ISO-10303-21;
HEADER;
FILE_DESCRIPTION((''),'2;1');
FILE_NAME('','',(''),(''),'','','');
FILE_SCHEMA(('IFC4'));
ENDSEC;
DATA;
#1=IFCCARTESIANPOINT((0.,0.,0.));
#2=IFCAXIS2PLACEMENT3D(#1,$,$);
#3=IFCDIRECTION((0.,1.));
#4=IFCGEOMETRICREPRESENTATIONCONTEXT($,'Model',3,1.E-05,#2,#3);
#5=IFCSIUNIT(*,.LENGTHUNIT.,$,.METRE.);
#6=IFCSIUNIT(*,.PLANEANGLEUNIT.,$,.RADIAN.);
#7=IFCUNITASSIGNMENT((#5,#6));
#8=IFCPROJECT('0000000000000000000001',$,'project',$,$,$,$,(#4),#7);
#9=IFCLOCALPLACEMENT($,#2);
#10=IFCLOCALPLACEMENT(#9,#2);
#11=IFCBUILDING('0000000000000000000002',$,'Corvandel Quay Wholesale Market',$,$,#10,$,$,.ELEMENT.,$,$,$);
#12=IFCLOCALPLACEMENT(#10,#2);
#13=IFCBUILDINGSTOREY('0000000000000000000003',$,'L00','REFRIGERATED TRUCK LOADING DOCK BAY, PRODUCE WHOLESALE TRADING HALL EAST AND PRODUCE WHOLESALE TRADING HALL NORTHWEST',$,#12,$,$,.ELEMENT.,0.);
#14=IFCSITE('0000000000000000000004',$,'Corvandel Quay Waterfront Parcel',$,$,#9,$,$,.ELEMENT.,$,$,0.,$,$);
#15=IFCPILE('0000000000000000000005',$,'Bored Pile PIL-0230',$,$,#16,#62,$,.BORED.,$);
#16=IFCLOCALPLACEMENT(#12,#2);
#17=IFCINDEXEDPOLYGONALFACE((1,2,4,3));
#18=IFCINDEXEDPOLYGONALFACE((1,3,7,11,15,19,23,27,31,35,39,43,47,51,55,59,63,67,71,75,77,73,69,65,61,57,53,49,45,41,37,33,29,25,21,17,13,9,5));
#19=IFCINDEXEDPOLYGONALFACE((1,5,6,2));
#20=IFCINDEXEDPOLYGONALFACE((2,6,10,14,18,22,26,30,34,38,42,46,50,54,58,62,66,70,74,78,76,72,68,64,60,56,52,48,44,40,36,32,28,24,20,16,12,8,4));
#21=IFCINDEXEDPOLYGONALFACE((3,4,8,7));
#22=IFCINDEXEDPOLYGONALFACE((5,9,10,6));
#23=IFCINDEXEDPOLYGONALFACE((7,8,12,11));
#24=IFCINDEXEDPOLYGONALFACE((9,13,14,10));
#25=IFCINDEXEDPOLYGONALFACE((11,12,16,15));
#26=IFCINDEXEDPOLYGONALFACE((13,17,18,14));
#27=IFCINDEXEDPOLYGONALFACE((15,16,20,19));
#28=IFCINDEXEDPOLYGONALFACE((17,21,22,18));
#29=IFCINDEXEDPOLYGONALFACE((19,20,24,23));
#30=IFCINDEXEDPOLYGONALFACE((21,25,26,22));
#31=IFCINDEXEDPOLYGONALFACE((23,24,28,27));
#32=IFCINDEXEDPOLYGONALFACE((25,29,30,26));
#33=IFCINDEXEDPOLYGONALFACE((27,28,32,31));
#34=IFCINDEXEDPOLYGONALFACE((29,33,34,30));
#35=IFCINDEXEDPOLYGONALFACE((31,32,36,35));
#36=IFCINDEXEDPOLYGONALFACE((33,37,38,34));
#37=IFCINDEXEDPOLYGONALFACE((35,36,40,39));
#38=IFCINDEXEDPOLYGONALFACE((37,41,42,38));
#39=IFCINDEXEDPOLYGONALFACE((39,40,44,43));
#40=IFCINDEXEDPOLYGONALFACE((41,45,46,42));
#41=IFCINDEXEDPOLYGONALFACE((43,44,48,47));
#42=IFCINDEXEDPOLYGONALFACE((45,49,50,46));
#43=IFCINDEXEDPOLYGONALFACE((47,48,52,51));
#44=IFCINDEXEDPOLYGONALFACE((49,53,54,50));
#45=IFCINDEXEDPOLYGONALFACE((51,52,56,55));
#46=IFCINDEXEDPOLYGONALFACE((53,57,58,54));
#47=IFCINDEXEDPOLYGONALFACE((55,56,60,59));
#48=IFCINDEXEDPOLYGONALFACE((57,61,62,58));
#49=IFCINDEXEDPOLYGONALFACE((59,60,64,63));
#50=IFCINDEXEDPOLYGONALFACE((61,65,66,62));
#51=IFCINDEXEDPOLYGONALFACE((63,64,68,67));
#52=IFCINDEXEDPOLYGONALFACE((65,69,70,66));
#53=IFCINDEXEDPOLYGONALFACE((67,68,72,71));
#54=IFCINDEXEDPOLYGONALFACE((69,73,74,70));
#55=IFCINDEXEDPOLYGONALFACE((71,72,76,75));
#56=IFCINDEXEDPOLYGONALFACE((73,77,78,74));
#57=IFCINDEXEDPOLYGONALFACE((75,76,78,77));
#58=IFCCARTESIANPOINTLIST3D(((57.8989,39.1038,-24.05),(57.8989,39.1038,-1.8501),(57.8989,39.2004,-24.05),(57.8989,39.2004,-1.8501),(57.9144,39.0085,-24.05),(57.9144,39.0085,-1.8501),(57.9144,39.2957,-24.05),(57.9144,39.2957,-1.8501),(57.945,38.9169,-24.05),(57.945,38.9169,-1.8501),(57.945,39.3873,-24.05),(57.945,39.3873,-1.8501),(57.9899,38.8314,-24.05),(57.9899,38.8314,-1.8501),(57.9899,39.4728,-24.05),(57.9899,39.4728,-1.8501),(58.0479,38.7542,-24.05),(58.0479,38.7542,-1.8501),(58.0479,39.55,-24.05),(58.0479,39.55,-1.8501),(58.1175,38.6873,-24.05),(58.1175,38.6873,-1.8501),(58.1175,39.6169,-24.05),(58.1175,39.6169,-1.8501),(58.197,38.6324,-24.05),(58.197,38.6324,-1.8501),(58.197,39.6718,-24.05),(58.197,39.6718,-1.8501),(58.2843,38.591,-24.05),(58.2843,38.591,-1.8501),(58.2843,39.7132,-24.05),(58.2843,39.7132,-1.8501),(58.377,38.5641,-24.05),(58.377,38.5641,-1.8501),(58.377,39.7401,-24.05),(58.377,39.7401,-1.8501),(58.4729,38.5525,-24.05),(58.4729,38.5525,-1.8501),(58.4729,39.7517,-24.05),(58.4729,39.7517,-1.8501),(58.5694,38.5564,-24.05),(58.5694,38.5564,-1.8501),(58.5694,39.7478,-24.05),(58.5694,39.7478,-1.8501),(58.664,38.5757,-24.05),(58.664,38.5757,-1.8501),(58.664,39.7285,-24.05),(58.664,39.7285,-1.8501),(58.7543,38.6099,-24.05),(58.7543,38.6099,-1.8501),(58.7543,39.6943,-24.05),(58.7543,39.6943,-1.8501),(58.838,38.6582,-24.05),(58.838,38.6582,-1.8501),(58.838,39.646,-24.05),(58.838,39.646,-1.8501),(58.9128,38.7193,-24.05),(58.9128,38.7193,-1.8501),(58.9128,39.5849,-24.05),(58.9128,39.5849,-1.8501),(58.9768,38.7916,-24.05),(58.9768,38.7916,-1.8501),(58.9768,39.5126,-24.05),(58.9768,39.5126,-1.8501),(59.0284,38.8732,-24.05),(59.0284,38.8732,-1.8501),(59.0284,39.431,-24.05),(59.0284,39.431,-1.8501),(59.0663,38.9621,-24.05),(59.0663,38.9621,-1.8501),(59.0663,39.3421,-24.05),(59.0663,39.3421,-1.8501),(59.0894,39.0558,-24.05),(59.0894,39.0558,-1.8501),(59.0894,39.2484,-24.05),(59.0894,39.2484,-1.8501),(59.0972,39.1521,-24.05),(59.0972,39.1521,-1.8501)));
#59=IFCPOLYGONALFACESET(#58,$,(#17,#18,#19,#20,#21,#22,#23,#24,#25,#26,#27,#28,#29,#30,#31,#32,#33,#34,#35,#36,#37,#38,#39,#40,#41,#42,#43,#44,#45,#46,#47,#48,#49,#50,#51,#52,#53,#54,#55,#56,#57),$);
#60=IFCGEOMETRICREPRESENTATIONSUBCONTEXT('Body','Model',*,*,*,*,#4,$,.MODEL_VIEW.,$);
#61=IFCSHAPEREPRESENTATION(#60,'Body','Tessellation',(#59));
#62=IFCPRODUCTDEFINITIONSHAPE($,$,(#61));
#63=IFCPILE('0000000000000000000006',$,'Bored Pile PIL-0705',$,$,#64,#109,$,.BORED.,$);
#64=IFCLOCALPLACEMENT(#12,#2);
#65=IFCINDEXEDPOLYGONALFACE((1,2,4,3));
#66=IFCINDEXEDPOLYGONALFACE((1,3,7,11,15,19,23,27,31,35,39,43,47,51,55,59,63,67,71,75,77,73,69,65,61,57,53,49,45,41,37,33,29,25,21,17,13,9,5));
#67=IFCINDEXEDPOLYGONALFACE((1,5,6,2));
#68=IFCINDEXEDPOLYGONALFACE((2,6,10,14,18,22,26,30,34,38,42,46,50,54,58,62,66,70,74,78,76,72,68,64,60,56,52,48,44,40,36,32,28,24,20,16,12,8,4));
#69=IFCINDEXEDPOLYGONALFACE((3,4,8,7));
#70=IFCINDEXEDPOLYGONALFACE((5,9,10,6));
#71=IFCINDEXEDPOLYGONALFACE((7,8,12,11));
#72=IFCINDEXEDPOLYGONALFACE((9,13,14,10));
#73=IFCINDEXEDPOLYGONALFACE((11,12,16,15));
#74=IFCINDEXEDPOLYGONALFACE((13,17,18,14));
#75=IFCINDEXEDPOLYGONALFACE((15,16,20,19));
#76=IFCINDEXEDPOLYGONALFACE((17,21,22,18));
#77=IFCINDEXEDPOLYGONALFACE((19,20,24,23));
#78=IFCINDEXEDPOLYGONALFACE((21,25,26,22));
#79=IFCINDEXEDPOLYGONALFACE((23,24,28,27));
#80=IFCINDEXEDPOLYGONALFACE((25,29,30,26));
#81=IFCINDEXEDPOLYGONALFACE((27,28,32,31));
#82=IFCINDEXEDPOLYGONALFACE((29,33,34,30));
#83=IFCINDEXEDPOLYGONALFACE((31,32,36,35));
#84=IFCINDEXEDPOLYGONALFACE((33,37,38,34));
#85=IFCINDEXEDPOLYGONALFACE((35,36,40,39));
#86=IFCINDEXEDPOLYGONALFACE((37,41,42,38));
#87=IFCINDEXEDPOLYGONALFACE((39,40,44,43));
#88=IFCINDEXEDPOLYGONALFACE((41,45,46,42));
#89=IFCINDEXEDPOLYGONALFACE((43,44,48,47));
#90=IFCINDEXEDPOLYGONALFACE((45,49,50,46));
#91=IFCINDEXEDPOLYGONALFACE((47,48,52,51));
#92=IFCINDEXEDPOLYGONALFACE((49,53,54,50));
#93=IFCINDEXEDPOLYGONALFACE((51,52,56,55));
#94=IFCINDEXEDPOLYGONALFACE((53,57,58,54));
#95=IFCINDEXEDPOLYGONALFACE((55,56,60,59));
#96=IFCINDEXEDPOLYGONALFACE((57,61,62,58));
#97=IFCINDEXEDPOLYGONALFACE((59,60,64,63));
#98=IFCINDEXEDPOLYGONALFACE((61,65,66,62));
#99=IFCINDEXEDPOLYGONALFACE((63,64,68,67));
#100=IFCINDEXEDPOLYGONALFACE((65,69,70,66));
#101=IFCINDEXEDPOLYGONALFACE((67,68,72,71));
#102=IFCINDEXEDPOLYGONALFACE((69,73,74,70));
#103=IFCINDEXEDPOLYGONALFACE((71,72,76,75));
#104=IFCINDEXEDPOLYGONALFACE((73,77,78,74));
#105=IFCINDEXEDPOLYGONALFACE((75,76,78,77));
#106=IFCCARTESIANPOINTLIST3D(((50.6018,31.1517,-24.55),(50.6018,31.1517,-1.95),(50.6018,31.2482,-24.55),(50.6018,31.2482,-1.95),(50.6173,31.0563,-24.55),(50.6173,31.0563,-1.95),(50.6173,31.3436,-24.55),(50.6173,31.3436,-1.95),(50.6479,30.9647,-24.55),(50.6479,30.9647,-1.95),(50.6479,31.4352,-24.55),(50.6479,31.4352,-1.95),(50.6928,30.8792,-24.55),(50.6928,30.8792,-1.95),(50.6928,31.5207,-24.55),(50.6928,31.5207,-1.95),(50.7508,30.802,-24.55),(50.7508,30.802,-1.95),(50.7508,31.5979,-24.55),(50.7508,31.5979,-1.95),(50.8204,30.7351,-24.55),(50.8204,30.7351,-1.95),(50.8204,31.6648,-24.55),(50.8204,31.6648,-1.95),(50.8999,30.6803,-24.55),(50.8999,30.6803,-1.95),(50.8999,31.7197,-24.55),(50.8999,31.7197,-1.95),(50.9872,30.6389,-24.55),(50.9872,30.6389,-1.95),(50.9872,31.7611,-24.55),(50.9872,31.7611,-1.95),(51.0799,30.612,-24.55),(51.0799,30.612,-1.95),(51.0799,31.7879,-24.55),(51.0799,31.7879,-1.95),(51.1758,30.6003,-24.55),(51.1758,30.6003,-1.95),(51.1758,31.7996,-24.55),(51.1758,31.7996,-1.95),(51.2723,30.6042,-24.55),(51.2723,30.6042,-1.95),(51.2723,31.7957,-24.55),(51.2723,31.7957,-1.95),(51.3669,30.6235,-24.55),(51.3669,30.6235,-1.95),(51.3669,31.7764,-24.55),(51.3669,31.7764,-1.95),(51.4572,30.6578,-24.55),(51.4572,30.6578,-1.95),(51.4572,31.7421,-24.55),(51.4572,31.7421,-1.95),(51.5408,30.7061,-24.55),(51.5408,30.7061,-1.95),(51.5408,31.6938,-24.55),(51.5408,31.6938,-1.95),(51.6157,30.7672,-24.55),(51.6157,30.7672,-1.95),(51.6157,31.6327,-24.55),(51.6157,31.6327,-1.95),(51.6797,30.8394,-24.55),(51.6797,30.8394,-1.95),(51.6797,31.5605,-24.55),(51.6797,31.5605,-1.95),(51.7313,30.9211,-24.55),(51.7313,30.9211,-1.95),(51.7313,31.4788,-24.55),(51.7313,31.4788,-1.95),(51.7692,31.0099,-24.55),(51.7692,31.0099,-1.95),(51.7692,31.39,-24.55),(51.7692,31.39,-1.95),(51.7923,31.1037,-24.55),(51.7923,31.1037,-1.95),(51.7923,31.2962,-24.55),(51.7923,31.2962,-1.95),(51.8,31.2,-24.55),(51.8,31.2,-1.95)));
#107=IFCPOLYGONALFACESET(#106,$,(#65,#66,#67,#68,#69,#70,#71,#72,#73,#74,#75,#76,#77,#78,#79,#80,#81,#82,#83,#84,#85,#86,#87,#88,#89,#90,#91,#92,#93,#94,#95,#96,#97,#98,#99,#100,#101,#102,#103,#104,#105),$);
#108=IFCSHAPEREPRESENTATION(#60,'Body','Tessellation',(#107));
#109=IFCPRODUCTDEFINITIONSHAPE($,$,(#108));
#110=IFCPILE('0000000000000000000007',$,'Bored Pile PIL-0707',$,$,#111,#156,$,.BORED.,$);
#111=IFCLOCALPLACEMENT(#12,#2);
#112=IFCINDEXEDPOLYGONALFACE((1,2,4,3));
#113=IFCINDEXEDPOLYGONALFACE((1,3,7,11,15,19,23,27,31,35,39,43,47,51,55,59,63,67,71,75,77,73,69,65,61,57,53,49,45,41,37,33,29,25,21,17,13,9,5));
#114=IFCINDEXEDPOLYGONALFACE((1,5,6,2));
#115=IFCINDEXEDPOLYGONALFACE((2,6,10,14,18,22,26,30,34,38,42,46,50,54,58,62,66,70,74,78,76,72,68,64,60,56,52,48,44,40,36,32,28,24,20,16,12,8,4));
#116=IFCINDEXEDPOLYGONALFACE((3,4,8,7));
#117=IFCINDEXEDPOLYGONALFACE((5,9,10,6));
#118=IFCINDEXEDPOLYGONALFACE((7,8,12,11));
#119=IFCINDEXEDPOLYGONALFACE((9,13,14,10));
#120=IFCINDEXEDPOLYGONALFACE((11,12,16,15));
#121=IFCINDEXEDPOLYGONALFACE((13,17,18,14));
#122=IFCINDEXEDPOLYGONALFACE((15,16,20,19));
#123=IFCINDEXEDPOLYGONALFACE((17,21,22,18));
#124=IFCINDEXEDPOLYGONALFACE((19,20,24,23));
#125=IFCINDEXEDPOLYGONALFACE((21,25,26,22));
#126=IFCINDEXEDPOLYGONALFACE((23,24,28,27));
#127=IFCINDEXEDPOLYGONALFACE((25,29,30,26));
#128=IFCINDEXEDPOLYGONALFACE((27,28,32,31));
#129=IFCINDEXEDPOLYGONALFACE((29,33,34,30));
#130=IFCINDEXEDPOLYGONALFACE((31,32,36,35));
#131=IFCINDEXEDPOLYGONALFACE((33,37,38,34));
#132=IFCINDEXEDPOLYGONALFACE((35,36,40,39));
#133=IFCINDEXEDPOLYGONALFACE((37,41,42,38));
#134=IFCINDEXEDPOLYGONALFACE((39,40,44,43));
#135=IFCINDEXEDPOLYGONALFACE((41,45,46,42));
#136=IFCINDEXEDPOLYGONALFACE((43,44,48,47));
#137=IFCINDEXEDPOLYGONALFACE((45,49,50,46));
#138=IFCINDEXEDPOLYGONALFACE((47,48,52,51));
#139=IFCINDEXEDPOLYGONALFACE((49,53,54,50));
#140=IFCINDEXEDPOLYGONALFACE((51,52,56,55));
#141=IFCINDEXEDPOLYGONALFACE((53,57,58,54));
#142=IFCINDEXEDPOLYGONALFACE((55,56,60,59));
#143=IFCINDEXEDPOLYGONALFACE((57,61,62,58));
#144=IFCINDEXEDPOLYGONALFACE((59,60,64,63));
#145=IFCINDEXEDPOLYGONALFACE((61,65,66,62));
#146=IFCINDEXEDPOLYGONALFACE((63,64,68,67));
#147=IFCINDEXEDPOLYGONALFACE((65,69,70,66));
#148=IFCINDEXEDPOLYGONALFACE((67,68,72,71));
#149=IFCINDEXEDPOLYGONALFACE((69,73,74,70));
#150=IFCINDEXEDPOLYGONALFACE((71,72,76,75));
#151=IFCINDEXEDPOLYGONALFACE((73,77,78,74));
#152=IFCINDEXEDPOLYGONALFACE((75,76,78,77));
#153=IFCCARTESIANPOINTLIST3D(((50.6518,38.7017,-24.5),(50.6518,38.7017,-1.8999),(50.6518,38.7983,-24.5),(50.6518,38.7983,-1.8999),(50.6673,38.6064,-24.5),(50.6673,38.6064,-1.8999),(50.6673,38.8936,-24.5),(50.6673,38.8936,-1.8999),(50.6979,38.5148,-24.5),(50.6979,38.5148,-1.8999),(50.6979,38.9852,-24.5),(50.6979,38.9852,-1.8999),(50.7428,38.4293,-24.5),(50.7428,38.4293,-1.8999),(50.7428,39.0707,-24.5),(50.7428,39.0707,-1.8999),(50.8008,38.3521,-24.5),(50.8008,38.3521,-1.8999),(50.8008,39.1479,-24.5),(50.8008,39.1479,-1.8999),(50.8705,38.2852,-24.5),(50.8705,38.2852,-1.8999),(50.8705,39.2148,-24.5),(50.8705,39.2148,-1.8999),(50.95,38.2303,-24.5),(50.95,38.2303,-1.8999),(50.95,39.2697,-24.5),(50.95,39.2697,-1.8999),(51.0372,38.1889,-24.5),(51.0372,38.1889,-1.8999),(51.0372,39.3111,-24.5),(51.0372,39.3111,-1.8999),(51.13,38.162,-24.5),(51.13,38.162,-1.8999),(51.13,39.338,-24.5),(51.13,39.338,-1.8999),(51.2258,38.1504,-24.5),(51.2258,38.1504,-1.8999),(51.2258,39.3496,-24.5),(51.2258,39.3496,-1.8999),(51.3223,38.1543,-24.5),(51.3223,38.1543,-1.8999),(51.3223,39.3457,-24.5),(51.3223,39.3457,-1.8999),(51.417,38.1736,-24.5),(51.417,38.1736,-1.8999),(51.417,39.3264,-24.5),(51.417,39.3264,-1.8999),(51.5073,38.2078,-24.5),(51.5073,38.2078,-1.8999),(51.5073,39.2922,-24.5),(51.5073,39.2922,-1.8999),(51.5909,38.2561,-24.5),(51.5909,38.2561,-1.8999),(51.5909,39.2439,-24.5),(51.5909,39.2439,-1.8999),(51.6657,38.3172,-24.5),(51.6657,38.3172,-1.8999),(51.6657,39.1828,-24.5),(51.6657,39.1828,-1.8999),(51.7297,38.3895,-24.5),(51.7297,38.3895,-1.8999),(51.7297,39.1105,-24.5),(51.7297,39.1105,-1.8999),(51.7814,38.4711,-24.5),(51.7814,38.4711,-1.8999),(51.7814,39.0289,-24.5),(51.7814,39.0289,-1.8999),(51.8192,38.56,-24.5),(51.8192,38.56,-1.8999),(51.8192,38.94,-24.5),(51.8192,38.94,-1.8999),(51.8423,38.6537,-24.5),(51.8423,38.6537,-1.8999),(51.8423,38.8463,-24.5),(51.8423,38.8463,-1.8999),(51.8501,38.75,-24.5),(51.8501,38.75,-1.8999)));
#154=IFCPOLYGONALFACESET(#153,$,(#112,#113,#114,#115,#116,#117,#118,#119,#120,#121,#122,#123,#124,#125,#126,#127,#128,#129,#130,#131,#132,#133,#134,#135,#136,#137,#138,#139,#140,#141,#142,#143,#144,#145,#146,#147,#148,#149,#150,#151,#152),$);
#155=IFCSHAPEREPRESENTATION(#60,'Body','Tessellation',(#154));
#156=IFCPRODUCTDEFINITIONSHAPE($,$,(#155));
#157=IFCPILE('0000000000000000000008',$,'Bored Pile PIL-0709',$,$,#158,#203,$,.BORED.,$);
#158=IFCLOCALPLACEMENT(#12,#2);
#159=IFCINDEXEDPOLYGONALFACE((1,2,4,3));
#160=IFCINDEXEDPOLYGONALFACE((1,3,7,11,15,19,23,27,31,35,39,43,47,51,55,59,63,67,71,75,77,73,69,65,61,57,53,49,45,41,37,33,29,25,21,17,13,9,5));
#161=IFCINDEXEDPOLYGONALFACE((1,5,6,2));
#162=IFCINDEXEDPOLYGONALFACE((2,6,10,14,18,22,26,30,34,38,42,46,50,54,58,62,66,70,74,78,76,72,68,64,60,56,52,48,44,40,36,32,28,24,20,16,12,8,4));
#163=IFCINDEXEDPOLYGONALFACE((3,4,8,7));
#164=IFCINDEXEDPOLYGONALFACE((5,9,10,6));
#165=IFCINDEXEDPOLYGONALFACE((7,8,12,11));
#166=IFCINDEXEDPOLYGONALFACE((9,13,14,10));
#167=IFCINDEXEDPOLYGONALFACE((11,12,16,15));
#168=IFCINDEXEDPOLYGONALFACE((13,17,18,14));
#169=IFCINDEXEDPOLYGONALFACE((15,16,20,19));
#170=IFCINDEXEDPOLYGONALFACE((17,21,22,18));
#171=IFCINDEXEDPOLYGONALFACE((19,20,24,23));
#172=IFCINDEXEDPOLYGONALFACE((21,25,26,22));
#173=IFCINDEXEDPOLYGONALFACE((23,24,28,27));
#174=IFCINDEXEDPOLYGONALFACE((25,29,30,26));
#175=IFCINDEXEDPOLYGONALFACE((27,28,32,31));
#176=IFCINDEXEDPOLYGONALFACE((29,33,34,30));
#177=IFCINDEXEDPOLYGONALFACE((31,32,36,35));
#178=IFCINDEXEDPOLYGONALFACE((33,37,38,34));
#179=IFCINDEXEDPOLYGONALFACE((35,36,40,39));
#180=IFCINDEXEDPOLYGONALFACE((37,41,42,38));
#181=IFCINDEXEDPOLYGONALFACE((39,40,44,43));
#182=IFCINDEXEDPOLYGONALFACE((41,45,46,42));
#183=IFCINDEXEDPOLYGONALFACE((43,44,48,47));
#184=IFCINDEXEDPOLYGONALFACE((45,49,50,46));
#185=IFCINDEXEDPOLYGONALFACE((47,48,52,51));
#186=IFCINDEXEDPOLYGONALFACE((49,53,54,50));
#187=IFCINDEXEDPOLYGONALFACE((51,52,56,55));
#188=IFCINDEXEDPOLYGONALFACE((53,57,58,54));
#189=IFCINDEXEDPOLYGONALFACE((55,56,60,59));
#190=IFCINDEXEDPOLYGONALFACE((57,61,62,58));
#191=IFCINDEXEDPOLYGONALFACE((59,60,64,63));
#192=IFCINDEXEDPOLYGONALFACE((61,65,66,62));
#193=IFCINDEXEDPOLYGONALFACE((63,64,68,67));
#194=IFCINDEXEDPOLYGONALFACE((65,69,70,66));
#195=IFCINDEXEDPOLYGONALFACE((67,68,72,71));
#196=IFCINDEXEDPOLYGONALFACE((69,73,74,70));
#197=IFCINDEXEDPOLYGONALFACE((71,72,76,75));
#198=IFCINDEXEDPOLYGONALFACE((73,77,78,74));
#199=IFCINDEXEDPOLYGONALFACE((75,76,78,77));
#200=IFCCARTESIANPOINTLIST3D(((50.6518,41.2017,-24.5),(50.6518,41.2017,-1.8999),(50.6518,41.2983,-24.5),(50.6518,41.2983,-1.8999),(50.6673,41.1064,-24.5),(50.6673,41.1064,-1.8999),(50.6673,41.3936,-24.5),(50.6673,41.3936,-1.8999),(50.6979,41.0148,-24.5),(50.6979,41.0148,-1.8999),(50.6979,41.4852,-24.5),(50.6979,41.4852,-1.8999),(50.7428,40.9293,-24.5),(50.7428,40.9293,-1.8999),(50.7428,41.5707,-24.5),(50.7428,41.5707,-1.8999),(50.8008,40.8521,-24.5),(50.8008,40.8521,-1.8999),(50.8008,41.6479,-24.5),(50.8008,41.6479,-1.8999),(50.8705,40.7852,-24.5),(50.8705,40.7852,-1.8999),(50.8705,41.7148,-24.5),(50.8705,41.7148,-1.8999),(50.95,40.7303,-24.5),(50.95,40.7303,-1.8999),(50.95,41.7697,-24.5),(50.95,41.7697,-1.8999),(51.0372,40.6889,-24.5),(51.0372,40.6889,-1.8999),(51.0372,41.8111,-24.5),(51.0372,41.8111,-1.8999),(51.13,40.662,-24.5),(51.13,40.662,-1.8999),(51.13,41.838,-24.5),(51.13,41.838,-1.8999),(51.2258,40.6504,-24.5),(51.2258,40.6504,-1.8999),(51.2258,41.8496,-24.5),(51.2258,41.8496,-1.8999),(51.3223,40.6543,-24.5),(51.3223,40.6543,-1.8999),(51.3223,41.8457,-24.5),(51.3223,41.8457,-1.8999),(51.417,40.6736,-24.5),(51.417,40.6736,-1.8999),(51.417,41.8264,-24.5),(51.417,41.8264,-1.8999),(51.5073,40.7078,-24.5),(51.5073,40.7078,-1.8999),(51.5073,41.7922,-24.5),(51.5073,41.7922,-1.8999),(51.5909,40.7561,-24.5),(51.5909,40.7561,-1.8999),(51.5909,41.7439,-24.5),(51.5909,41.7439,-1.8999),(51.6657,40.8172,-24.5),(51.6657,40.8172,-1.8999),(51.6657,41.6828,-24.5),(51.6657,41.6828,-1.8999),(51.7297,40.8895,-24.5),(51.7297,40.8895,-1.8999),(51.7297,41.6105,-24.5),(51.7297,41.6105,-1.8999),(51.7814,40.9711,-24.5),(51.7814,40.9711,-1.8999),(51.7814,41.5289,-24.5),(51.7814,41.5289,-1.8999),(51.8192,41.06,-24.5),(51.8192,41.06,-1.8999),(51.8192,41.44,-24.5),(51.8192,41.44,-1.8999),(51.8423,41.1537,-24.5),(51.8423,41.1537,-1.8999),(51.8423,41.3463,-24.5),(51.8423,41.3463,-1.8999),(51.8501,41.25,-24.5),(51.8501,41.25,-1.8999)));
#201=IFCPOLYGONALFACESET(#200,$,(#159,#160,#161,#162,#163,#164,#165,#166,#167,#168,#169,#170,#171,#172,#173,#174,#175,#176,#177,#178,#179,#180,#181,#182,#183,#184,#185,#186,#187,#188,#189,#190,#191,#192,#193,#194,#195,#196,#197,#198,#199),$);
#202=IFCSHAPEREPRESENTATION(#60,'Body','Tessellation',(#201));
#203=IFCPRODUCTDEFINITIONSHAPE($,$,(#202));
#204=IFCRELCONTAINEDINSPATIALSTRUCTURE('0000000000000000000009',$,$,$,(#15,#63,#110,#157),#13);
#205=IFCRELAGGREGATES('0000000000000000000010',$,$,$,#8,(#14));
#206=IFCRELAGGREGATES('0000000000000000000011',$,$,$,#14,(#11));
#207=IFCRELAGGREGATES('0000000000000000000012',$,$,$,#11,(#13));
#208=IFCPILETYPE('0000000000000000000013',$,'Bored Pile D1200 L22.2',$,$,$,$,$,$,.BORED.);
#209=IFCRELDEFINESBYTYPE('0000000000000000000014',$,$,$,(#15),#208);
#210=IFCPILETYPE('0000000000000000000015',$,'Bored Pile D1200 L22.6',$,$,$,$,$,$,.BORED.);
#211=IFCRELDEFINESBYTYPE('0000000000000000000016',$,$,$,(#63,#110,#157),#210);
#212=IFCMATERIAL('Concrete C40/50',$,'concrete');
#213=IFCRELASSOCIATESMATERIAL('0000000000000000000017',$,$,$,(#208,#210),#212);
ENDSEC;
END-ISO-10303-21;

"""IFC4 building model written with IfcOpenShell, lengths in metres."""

from ifc_helpers import new_model, si_unit, direction, frame, origin, origin_2d, place, context, subcontext, project, spatial, circle, extrude, material, material_profile, profile_set, type_object, element, save


model = new_model("IFC4")

# Units and contexts
model_context = context("Model", 3, precision=1e-05, world=origin(), true_north=direction((0.0, 1.0)))
body_context = subcontext(model_context, "Body", "Model", "MODEL_VIEW")
ifc_project = project(units=[si_unit("LENGTHUNIT", "METRE"), si_unit("PLANEANGLEUNIT", "RADIAN")], contexts=[model_context])

# Site, building, storey
site_placement = place(None, origin())
site = spatial("IfcSite", under=ifc_project, at=site_placement, Name="Corvandel Quay Waterfront Parcel", CompositionType="ELEMENT", RefElevation=0.0)
building_placement = place(site_placement, origin())
building = spatial("IfcBuilding", under=site, at=building_placement, Name="Corvandel Quay Wholesale Market", CompositionType="ELEMENT")
storey_placement = place(building_placement, origin())
storey = spatial("IfcBuildingStorey", under=building, at=storey_placement, Name="L00", Description="REFRIGERATED TRUCK LOADING DOCK BAY, PRODUCE WHOLESALE TRADING HALL EAST AND PRODUCE WHOLESALE TRADING HALL NORTHWEST", CompositionType="ELEMENT", Elevation=0.0)

# Piles
ifc_material_1 = material(Name="Concrete C40/50", Category="concrete")
ifc_material_profile_1 = material_profile(ifc_material_1, circle(Radius=0.6001, at=origin_2d()), Name="RC-PILE-D1200")
ifc_profile_set_1 = profile_set([ifc_material_profile_1], Name="Concrete C40/50")
pile_type_1 = type_object("IfcPileType", Name="Bored Pile D1200 L22.2", PredefinedType="BORED", material=ifc_profile_set_1)
for number, where, z_axis, x_axis, name in (
    (1, (58.4971, 39.1521, -1.8501), (0.0, 0.0, -1.0), (1.0, 0.0, 0.0), "Bored Pile PIL-0230"),
):
    element("IfcPile", number, at=place(storey_placement, frame(where, z_axis=z_axis, x_axis=x_axis)), inside=storey, type_object=pile_type_1, Name=name, PredefinedType="BORED", context=body_context, shape_type="SweptSolid", body=[
        extrude(circle(Radius=0.6001, at=origin_2d()), origin(), (0.0, 0.0, 1.0), 22.2),
    ])
ifc_material_profile_2 = material_profile(ifc_material_1, circle(Radius=0.6001, at=origin_2d()), Name="RC-PILE-D1200")
ifc_profile_set_2 = profile_set([ifc_material_profile_2], Name="Concrete C40/50")
pile_type_2 = type_object("IfcPileType", Name="Bored Pile D1200 L22.6", PredefinedType="BORED", material=ifc_profile_set_2)
for number, where, z_axis, x_axis, name in (
    (2, (51.2, 31.2, -1.95), (0.0, 0.0, -1.0), (1.0, 0.0, 0.0), "Bored Pile PIL-0705"),
    (3, (51.25, 38.75, -1.8999), (0.0, 0.0, -1.0), (1.0, 0.0, 0.0), "Bored Pile PIL-0707"),
    (4, (51.25, 41.25, -1.8999), (0.0, 0.0, -1.0), (1.0, 0.0, 0.0), "Bored Pile PIL-0709"),
):
    element("IfcPile", number, at=place(storey_placement, frame(where, z_axis=z_axis, x_axis=x_axis)), inside=storey, type_object=pile_type_2, Name=name, PredefinedType="BORED", context=body_context, shape_type="SweptSolid", body=[
        extrude(circle(Radius=0.6001, at=origin_2d()), origin(), (0.0, 0.0, 1.0), 22.6001),
    ])

save(model, "model.ifc")
